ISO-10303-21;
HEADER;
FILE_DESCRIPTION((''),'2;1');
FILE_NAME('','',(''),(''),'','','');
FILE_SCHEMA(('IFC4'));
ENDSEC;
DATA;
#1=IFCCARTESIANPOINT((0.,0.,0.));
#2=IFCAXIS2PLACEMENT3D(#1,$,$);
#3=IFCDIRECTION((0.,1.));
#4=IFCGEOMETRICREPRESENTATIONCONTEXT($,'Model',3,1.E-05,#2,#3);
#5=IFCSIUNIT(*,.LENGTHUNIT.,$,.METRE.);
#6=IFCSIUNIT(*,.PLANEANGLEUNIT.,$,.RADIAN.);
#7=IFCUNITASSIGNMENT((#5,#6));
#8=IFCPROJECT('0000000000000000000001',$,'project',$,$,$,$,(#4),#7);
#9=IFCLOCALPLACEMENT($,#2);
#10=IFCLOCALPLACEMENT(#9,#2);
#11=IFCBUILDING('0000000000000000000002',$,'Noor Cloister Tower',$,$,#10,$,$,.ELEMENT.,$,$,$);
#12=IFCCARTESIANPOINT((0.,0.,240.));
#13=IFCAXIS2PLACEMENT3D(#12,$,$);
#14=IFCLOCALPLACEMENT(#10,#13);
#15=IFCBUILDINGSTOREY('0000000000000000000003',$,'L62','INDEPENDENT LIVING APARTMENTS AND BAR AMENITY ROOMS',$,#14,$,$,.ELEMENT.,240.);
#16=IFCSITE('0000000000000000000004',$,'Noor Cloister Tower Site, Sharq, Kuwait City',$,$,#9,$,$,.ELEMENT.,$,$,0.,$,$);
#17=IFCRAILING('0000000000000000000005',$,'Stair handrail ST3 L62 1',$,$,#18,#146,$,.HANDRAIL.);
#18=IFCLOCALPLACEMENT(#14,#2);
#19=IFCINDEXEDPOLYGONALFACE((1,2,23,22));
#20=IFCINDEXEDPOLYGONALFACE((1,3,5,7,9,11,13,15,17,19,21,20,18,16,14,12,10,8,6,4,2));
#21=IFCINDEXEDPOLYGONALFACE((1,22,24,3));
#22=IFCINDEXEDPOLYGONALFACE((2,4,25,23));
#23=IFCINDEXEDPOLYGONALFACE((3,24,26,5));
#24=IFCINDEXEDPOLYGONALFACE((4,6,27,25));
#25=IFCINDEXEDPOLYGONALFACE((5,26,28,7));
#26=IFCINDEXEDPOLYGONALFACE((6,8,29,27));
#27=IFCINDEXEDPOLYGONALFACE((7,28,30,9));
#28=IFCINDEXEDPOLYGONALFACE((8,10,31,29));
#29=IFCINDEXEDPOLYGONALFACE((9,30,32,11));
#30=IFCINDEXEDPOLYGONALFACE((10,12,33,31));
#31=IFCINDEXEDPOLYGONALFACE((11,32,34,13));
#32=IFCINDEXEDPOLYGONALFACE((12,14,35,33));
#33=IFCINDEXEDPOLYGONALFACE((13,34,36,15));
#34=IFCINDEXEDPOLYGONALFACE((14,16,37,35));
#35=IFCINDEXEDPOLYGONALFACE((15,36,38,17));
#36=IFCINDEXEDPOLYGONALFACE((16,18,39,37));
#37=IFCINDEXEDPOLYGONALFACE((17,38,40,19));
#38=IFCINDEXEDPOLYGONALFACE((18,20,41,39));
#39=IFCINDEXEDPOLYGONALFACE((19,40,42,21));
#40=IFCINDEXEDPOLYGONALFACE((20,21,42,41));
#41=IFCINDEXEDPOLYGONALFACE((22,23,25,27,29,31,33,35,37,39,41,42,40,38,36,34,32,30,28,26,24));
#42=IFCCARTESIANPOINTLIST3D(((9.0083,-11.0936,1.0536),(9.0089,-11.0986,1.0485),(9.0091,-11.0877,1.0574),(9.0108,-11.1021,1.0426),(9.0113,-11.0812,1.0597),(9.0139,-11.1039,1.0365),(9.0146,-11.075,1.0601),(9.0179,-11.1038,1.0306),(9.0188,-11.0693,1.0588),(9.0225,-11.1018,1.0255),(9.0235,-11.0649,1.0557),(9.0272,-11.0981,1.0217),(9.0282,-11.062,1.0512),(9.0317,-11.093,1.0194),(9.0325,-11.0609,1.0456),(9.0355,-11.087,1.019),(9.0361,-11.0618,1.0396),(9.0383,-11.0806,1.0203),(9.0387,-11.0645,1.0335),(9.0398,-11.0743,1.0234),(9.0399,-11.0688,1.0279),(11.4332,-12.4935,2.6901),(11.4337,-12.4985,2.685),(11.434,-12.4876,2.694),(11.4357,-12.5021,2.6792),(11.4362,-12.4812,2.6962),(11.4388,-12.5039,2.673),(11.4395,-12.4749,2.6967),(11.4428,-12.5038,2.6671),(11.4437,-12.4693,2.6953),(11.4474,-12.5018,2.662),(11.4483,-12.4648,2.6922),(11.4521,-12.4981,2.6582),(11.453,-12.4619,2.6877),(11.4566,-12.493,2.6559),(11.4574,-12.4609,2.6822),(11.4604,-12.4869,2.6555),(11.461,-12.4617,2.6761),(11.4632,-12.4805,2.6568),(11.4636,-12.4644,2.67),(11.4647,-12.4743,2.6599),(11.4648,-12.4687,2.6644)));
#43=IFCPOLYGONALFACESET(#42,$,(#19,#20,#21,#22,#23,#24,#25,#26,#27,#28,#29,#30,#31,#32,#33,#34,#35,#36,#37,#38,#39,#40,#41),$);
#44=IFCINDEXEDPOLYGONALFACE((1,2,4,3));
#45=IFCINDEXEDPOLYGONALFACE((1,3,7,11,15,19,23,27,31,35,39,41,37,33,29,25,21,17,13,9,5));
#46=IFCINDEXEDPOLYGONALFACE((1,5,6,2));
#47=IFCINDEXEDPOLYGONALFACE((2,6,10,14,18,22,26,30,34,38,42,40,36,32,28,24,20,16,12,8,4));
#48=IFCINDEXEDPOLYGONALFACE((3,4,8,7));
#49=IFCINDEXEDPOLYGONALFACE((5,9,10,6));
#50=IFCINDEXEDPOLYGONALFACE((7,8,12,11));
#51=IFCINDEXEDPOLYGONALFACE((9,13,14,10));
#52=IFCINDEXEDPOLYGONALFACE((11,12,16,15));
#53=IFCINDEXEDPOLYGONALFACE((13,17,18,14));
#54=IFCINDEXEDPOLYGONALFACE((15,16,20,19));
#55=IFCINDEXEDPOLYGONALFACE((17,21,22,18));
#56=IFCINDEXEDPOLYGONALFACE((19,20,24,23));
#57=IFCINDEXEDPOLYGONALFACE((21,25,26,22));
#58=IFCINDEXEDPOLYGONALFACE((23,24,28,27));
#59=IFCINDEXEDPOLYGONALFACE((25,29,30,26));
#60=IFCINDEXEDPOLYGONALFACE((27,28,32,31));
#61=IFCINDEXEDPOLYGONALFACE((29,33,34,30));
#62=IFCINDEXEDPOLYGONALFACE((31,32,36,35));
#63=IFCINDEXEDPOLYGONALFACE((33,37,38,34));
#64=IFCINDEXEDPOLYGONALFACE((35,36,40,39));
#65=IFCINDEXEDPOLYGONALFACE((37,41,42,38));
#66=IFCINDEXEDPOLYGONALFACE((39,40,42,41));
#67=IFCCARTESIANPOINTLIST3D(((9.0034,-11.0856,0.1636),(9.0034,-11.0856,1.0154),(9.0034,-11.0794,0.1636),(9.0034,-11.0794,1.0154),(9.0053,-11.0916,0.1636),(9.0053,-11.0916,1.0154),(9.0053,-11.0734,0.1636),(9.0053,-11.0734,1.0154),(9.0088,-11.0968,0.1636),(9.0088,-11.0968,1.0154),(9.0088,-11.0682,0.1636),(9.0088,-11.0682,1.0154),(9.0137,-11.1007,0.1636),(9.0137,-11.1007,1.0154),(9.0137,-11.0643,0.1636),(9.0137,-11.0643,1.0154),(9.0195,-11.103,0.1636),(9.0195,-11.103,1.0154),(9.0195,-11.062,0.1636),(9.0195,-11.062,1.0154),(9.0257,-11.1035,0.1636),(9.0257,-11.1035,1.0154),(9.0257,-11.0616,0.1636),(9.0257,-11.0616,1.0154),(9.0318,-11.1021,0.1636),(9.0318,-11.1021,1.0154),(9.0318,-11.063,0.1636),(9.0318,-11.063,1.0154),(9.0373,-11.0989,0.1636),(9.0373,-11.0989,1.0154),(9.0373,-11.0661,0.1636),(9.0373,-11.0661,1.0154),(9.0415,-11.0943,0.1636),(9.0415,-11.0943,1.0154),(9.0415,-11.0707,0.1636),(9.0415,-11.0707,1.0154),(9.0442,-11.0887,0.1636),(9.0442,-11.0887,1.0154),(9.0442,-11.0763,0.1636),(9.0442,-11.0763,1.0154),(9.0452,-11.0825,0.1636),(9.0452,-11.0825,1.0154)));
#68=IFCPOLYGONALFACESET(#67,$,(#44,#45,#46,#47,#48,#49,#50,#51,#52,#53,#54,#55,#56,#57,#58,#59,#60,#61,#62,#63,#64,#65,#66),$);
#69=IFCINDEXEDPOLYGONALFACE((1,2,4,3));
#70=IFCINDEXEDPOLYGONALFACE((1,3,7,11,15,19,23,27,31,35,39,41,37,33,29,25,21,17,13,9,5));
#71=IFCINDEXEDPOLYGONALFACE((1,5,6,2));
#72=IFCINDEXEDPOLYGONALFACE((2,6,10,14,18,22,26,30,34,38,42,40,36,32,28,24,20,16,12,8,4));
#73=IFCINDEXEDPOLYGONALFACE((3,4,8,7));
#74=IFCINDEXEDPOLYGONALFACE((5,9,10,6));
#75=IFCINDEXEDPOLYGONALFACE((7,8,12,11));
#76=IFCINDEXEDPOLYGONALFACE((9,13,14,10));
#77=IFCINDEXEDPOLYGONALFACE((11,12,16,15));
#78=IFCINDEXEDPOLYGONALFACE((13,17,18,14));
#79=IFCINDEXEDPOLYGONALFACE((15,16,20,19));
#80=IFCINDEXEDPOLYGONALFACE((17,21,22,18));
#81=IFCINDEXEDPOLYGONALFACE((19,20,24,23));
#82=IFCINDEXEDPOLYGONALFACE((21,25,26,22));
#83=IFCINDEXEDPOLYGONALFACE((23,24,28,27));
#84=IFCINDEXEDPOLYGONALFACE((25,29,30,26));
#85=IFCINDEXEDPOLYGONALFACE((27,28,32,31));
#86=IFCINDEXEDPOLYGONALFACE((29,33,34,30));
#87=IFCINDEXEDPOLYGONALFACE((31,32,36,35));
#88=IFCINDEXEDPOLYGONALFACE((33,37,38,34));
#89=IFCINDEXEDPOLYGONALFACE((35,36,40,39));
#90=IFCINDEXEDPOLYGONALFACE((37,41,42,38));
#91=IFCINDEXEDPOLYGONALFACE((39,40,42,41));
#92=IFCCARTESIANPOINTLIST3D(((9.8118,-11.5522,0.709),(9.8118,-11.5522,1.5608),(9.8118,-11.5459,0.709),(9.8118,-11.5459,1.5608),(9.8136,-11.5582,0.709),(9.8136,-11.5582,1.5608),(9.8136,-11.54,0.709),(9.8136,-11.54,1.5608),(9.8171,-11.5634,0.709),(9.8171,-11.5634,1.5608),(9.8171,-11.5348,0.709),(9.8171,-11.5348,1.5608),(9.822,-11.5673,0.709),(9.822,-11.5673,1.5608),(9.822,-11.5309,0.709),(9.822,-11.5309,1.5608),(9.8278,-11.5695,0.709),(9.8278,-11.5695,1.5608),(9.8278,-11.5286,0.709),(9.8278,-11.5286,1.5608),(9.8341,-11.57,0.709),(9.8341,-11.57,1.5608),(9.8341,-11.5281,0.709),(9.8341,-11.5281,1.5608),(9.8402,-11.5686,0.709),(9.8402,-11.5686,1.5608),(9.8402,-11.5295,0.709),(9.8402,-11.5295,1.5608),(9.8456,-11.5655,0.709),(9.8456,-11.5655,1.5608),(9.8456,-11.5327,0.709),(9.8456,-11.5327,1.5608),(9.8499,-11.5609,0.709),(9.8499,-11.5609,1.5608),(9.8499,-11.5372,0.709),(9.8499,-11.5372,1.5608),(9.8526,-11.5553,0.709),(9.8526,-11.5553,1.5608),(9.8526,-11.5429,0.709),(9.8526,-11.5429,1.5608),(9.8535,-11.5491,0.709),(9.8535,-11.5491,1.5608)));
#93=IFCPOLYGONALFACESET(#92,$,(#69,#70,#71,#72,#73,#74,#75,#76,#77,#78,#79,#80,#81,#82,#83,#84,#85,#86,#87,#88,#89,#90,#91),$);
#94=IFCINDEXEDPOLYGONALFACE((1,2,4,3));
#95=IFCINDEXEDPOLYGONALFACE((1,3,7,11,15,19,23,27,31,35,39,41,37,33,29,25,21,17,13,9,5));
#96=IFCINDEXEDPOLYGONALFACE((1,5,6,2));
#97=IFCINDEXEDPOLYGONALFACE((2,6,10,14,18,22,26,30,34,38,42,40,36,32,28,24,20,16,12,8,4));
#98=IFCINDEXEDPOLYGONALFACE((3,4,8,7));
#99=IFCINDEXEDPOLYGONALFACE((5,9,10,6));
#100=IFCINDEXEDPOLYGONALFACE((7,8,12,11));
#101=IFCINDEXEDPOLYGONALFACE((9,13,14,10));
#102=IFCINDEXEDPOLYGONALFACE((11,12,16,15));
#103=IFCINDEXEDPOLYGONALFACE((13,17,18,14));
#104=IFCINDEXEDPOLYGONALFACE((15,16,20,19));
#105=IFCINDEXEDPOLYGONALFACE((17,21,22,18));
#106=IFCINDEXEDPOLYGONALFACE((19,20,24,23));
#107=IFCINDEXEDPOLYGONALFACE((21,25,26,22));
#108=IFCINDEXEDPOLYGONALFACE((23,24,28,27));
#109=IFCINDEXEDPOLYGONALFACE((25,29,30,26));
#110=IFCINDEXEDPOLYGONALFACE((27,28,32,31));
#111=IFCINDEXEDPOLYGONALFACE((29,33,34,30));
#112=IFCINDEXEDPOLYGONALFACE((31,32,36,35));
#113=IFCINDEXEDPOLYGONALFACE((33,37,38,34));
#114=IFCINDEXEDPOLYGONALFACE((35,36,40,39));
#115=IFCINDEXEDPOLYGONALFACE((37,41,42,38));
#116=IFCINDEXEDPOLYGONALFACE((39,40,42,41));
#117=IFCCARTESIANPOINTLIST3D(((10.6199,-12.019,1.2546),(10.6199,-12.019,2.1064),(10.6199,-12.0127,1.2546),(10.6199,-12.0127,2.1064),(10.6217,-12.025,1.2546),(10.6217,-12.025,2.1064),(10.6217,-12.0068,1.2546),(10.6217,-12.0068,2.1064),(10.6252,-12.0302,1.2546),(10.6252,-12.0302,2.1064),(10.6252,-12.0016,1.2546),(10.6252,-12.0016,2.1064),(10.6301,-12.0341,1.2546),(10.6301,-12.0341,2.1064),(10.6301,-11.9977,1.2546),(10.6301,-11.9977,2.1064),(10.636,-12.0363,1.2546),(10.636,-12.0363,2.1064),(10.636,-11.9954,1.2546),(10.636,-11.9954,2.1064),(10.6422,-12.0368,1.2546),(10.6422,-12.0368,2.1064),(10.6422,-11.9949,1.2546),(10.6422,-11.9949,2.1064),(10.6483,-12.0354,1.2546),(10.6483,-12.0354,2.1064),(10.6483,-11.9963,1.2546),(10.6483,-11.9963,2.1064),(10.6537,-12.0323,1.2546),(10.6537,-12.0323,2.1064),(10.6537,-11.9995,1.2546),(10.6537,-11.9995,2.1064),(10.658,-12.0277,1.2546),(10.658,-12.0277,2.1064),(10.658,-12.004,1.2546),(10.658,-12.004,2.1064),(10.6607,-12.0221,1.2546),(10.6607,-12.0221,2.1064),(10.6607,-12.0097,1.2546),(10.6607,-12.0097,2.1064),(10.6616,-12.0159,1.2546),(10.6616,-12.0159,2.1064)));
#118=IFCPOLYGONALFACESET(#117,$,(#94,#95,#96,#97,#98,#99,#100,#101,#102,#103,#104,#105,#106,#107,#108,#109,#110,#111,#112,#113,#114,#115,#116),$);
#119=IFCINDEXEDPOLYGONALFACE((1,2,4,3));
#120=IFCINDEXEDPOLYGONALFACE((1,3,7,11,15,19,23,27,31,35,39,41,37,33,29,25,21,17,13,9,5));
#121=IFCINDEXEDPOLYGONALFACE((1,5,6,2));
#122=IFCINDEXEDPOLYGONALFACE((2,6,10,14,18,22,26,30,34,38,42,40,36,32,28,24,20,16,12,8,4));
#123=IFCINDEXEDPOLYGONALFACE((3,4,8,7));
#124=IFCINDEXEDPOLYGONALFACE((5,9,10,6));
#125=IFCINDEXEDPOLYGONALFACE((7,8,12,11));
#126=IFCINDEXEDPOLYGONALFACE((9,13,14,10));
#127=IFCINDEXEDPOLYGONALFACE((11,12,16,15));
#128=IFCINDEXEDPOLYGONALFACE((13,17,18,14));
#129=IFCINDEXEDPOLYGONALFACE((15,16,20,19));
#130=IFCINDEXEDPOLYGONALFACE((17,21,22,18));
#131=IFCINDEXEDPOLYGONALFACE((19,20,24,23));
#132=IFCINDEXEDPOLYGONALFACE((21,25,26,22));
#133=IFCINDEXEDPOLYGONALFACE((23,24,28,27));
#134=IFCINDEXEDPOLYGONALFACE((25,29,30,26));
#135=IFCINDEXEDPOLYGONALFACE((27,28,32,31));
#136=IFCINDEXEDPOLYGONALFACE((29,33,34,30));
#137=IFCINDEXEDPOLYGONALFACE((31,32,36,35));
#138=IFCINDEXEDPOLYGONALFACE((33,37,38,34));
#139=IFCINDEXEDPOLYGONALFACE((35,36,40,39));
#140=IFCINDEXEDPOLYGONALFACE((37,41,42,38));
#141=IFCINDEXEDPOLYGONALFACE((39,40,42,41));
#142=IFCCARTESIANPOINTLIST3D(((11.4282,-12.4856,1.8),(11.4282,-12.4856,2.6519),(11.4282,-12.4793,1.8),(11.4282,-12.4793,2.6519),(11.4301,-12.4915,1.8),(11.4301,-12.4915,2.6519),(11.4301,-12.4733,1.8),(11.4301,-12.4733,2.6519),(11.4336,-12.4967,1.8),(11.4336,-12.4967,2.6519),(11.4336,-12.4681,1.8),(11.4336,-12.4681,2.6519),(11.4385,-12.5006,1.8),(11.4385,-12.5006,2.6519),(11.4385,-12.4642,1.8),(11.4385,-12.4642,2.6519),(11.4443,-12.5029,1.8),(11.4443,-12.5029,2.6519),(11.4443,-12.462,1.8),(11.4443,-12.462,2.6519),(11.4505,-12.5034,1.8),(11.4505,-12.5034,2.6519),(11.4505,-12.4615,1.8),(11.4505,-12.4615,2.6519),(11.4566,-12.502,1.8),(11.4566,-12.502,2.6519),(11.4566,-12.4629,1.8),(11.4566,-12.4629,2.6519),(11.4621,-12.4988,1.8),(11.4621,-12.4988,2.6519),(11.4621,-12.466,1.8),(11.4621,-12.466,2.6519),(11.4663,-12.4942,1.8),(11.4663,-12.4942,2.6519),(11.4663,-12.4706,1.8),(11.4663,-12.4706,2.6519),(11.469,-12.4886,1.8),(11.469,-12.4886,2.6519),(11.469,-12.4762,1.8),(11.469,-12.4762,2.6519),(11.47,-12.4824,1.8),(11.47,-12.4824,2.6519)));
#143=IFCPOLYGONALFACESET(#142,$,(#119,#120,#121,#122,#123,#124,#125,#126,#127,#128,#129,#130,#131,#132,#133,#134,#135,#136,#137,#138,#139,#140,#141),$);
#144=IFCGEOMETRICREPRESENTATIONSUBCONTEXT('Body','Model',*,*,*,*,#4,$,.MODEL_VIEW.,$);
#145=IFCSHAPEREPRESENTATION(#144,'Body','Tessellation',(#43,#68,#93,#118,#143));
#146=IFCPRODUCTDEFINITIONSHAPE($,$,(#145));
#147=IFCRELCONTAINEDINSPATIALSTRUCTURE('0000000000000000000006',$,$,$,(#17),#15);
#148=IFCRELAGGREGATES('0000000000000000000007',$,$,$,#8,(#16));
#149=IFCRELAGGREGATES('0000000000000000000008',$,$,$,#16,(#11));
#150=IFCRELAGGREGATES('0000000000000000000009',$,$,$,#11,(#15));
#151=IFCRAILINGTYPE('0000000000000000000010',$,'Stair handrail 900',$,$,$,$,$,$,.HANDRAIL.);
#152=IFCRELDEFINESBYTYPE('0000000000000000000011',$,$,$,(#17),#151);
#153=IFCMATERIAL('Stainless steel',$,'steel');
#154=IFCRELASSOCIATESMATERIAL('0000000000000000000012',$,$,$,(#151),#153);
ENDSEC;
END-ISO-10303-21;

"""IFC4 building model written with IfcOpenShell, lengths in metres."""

from ifc_helpers import new_model, si_unit, direction, frame, origin, origin_2d, place, context, subcontext, project, spatial, circle, extrude, material, type_object, element, save


model = new_model("IFC4")

# Units and contexts
model_context = context("Model", 3, precision=1e-05, world=origin(), true_north=direction((0.0, 1.0)))
body_context = subcontext(model_context, "Body", "Model", "MODEL_VIEW")
ifc_project = project(units=[si_unit("LENGTHUNIT", "METRE"), si_unit("PLANEANGLEUNIT", "RADIAN")], contexts=[model_context])

# Site, building, storey
site_placement = place(None, origin())
site = spatial("IfcSite", under=ifc_project, at=site_placement, Name="Noor Cloister Tower Site, Sharq, Kuwait City", CompositionType="ELEMENT", RefElevation=0.0)
building_placement = place(site_placement, origin())
building = spatial("IfcBuilding", under=site, at=building_placement, Name="Noor Cloister Tower", CompositionType="ELEMENT")
storey_placement = place(building_placement, frame((0.0, 0.0, 240.0)))
storey = spatial("IfcBuildingStorey", under=building, at=storey_placement, Name="L62", Description="INDEPENDENT LIVING APARTMENTS AND BAR AMENITY ROOMS", CompositionType="ELEMENT", Elevation=240.0)

# Railing
ifc_material_1 = material(Name="Stainless steel", Category="steel")
railing_type_1 = type_object("IfcRailingType", Name="Stair handrail 900", PredefinedType="HANDRAIL", material=ifc_material_1)
railing_1_placement = place(storey_placement, frame((9.0242, -11.0825, 0.1636)))
element("IfcRailing", 1, at=railing_1_placement, inside=storey, type_object=railing_type_1, Name="Stair handrail ST3 L62 1", PredefinedType="HANDRAIL", context=body_context, shape_type="SweptSolid", body=[
    extrude(circle(Radius=0.0239, at=origin_2d()), frame((0.0, 0.0, 0.876), z_axis=(0.74769, -0.431661, 0.504608), x_axis=(0.499984, 0.866035, 0.0)), (0.0, 0.0, 1.0), 3.2432),
    extrude(circle(Radius=0.021, at=origin_2d()), origin(), (0.0, 0.0, 1.0), 0.8518),
    extrude(circle(Radius=0.021, at=origin_2d()), frame((0.8083, -0.4666, 0.5454)), (0.0, 0.0, 1.0), 0.8518),
    extrude(circle(Radius=0.021, at=origin_2d()), frame((1.6165, -0.9333, 1.0911)), (0.0, 0.0, 1.0), 0.8518),
    extrude(circle(Radius=0.021, at=origin_2d()), frame((2.4248, -1.3999, 1.6365)), (0.0, 0.0, 1.0), 0.8518),
])

save(model, "model.ifc")
